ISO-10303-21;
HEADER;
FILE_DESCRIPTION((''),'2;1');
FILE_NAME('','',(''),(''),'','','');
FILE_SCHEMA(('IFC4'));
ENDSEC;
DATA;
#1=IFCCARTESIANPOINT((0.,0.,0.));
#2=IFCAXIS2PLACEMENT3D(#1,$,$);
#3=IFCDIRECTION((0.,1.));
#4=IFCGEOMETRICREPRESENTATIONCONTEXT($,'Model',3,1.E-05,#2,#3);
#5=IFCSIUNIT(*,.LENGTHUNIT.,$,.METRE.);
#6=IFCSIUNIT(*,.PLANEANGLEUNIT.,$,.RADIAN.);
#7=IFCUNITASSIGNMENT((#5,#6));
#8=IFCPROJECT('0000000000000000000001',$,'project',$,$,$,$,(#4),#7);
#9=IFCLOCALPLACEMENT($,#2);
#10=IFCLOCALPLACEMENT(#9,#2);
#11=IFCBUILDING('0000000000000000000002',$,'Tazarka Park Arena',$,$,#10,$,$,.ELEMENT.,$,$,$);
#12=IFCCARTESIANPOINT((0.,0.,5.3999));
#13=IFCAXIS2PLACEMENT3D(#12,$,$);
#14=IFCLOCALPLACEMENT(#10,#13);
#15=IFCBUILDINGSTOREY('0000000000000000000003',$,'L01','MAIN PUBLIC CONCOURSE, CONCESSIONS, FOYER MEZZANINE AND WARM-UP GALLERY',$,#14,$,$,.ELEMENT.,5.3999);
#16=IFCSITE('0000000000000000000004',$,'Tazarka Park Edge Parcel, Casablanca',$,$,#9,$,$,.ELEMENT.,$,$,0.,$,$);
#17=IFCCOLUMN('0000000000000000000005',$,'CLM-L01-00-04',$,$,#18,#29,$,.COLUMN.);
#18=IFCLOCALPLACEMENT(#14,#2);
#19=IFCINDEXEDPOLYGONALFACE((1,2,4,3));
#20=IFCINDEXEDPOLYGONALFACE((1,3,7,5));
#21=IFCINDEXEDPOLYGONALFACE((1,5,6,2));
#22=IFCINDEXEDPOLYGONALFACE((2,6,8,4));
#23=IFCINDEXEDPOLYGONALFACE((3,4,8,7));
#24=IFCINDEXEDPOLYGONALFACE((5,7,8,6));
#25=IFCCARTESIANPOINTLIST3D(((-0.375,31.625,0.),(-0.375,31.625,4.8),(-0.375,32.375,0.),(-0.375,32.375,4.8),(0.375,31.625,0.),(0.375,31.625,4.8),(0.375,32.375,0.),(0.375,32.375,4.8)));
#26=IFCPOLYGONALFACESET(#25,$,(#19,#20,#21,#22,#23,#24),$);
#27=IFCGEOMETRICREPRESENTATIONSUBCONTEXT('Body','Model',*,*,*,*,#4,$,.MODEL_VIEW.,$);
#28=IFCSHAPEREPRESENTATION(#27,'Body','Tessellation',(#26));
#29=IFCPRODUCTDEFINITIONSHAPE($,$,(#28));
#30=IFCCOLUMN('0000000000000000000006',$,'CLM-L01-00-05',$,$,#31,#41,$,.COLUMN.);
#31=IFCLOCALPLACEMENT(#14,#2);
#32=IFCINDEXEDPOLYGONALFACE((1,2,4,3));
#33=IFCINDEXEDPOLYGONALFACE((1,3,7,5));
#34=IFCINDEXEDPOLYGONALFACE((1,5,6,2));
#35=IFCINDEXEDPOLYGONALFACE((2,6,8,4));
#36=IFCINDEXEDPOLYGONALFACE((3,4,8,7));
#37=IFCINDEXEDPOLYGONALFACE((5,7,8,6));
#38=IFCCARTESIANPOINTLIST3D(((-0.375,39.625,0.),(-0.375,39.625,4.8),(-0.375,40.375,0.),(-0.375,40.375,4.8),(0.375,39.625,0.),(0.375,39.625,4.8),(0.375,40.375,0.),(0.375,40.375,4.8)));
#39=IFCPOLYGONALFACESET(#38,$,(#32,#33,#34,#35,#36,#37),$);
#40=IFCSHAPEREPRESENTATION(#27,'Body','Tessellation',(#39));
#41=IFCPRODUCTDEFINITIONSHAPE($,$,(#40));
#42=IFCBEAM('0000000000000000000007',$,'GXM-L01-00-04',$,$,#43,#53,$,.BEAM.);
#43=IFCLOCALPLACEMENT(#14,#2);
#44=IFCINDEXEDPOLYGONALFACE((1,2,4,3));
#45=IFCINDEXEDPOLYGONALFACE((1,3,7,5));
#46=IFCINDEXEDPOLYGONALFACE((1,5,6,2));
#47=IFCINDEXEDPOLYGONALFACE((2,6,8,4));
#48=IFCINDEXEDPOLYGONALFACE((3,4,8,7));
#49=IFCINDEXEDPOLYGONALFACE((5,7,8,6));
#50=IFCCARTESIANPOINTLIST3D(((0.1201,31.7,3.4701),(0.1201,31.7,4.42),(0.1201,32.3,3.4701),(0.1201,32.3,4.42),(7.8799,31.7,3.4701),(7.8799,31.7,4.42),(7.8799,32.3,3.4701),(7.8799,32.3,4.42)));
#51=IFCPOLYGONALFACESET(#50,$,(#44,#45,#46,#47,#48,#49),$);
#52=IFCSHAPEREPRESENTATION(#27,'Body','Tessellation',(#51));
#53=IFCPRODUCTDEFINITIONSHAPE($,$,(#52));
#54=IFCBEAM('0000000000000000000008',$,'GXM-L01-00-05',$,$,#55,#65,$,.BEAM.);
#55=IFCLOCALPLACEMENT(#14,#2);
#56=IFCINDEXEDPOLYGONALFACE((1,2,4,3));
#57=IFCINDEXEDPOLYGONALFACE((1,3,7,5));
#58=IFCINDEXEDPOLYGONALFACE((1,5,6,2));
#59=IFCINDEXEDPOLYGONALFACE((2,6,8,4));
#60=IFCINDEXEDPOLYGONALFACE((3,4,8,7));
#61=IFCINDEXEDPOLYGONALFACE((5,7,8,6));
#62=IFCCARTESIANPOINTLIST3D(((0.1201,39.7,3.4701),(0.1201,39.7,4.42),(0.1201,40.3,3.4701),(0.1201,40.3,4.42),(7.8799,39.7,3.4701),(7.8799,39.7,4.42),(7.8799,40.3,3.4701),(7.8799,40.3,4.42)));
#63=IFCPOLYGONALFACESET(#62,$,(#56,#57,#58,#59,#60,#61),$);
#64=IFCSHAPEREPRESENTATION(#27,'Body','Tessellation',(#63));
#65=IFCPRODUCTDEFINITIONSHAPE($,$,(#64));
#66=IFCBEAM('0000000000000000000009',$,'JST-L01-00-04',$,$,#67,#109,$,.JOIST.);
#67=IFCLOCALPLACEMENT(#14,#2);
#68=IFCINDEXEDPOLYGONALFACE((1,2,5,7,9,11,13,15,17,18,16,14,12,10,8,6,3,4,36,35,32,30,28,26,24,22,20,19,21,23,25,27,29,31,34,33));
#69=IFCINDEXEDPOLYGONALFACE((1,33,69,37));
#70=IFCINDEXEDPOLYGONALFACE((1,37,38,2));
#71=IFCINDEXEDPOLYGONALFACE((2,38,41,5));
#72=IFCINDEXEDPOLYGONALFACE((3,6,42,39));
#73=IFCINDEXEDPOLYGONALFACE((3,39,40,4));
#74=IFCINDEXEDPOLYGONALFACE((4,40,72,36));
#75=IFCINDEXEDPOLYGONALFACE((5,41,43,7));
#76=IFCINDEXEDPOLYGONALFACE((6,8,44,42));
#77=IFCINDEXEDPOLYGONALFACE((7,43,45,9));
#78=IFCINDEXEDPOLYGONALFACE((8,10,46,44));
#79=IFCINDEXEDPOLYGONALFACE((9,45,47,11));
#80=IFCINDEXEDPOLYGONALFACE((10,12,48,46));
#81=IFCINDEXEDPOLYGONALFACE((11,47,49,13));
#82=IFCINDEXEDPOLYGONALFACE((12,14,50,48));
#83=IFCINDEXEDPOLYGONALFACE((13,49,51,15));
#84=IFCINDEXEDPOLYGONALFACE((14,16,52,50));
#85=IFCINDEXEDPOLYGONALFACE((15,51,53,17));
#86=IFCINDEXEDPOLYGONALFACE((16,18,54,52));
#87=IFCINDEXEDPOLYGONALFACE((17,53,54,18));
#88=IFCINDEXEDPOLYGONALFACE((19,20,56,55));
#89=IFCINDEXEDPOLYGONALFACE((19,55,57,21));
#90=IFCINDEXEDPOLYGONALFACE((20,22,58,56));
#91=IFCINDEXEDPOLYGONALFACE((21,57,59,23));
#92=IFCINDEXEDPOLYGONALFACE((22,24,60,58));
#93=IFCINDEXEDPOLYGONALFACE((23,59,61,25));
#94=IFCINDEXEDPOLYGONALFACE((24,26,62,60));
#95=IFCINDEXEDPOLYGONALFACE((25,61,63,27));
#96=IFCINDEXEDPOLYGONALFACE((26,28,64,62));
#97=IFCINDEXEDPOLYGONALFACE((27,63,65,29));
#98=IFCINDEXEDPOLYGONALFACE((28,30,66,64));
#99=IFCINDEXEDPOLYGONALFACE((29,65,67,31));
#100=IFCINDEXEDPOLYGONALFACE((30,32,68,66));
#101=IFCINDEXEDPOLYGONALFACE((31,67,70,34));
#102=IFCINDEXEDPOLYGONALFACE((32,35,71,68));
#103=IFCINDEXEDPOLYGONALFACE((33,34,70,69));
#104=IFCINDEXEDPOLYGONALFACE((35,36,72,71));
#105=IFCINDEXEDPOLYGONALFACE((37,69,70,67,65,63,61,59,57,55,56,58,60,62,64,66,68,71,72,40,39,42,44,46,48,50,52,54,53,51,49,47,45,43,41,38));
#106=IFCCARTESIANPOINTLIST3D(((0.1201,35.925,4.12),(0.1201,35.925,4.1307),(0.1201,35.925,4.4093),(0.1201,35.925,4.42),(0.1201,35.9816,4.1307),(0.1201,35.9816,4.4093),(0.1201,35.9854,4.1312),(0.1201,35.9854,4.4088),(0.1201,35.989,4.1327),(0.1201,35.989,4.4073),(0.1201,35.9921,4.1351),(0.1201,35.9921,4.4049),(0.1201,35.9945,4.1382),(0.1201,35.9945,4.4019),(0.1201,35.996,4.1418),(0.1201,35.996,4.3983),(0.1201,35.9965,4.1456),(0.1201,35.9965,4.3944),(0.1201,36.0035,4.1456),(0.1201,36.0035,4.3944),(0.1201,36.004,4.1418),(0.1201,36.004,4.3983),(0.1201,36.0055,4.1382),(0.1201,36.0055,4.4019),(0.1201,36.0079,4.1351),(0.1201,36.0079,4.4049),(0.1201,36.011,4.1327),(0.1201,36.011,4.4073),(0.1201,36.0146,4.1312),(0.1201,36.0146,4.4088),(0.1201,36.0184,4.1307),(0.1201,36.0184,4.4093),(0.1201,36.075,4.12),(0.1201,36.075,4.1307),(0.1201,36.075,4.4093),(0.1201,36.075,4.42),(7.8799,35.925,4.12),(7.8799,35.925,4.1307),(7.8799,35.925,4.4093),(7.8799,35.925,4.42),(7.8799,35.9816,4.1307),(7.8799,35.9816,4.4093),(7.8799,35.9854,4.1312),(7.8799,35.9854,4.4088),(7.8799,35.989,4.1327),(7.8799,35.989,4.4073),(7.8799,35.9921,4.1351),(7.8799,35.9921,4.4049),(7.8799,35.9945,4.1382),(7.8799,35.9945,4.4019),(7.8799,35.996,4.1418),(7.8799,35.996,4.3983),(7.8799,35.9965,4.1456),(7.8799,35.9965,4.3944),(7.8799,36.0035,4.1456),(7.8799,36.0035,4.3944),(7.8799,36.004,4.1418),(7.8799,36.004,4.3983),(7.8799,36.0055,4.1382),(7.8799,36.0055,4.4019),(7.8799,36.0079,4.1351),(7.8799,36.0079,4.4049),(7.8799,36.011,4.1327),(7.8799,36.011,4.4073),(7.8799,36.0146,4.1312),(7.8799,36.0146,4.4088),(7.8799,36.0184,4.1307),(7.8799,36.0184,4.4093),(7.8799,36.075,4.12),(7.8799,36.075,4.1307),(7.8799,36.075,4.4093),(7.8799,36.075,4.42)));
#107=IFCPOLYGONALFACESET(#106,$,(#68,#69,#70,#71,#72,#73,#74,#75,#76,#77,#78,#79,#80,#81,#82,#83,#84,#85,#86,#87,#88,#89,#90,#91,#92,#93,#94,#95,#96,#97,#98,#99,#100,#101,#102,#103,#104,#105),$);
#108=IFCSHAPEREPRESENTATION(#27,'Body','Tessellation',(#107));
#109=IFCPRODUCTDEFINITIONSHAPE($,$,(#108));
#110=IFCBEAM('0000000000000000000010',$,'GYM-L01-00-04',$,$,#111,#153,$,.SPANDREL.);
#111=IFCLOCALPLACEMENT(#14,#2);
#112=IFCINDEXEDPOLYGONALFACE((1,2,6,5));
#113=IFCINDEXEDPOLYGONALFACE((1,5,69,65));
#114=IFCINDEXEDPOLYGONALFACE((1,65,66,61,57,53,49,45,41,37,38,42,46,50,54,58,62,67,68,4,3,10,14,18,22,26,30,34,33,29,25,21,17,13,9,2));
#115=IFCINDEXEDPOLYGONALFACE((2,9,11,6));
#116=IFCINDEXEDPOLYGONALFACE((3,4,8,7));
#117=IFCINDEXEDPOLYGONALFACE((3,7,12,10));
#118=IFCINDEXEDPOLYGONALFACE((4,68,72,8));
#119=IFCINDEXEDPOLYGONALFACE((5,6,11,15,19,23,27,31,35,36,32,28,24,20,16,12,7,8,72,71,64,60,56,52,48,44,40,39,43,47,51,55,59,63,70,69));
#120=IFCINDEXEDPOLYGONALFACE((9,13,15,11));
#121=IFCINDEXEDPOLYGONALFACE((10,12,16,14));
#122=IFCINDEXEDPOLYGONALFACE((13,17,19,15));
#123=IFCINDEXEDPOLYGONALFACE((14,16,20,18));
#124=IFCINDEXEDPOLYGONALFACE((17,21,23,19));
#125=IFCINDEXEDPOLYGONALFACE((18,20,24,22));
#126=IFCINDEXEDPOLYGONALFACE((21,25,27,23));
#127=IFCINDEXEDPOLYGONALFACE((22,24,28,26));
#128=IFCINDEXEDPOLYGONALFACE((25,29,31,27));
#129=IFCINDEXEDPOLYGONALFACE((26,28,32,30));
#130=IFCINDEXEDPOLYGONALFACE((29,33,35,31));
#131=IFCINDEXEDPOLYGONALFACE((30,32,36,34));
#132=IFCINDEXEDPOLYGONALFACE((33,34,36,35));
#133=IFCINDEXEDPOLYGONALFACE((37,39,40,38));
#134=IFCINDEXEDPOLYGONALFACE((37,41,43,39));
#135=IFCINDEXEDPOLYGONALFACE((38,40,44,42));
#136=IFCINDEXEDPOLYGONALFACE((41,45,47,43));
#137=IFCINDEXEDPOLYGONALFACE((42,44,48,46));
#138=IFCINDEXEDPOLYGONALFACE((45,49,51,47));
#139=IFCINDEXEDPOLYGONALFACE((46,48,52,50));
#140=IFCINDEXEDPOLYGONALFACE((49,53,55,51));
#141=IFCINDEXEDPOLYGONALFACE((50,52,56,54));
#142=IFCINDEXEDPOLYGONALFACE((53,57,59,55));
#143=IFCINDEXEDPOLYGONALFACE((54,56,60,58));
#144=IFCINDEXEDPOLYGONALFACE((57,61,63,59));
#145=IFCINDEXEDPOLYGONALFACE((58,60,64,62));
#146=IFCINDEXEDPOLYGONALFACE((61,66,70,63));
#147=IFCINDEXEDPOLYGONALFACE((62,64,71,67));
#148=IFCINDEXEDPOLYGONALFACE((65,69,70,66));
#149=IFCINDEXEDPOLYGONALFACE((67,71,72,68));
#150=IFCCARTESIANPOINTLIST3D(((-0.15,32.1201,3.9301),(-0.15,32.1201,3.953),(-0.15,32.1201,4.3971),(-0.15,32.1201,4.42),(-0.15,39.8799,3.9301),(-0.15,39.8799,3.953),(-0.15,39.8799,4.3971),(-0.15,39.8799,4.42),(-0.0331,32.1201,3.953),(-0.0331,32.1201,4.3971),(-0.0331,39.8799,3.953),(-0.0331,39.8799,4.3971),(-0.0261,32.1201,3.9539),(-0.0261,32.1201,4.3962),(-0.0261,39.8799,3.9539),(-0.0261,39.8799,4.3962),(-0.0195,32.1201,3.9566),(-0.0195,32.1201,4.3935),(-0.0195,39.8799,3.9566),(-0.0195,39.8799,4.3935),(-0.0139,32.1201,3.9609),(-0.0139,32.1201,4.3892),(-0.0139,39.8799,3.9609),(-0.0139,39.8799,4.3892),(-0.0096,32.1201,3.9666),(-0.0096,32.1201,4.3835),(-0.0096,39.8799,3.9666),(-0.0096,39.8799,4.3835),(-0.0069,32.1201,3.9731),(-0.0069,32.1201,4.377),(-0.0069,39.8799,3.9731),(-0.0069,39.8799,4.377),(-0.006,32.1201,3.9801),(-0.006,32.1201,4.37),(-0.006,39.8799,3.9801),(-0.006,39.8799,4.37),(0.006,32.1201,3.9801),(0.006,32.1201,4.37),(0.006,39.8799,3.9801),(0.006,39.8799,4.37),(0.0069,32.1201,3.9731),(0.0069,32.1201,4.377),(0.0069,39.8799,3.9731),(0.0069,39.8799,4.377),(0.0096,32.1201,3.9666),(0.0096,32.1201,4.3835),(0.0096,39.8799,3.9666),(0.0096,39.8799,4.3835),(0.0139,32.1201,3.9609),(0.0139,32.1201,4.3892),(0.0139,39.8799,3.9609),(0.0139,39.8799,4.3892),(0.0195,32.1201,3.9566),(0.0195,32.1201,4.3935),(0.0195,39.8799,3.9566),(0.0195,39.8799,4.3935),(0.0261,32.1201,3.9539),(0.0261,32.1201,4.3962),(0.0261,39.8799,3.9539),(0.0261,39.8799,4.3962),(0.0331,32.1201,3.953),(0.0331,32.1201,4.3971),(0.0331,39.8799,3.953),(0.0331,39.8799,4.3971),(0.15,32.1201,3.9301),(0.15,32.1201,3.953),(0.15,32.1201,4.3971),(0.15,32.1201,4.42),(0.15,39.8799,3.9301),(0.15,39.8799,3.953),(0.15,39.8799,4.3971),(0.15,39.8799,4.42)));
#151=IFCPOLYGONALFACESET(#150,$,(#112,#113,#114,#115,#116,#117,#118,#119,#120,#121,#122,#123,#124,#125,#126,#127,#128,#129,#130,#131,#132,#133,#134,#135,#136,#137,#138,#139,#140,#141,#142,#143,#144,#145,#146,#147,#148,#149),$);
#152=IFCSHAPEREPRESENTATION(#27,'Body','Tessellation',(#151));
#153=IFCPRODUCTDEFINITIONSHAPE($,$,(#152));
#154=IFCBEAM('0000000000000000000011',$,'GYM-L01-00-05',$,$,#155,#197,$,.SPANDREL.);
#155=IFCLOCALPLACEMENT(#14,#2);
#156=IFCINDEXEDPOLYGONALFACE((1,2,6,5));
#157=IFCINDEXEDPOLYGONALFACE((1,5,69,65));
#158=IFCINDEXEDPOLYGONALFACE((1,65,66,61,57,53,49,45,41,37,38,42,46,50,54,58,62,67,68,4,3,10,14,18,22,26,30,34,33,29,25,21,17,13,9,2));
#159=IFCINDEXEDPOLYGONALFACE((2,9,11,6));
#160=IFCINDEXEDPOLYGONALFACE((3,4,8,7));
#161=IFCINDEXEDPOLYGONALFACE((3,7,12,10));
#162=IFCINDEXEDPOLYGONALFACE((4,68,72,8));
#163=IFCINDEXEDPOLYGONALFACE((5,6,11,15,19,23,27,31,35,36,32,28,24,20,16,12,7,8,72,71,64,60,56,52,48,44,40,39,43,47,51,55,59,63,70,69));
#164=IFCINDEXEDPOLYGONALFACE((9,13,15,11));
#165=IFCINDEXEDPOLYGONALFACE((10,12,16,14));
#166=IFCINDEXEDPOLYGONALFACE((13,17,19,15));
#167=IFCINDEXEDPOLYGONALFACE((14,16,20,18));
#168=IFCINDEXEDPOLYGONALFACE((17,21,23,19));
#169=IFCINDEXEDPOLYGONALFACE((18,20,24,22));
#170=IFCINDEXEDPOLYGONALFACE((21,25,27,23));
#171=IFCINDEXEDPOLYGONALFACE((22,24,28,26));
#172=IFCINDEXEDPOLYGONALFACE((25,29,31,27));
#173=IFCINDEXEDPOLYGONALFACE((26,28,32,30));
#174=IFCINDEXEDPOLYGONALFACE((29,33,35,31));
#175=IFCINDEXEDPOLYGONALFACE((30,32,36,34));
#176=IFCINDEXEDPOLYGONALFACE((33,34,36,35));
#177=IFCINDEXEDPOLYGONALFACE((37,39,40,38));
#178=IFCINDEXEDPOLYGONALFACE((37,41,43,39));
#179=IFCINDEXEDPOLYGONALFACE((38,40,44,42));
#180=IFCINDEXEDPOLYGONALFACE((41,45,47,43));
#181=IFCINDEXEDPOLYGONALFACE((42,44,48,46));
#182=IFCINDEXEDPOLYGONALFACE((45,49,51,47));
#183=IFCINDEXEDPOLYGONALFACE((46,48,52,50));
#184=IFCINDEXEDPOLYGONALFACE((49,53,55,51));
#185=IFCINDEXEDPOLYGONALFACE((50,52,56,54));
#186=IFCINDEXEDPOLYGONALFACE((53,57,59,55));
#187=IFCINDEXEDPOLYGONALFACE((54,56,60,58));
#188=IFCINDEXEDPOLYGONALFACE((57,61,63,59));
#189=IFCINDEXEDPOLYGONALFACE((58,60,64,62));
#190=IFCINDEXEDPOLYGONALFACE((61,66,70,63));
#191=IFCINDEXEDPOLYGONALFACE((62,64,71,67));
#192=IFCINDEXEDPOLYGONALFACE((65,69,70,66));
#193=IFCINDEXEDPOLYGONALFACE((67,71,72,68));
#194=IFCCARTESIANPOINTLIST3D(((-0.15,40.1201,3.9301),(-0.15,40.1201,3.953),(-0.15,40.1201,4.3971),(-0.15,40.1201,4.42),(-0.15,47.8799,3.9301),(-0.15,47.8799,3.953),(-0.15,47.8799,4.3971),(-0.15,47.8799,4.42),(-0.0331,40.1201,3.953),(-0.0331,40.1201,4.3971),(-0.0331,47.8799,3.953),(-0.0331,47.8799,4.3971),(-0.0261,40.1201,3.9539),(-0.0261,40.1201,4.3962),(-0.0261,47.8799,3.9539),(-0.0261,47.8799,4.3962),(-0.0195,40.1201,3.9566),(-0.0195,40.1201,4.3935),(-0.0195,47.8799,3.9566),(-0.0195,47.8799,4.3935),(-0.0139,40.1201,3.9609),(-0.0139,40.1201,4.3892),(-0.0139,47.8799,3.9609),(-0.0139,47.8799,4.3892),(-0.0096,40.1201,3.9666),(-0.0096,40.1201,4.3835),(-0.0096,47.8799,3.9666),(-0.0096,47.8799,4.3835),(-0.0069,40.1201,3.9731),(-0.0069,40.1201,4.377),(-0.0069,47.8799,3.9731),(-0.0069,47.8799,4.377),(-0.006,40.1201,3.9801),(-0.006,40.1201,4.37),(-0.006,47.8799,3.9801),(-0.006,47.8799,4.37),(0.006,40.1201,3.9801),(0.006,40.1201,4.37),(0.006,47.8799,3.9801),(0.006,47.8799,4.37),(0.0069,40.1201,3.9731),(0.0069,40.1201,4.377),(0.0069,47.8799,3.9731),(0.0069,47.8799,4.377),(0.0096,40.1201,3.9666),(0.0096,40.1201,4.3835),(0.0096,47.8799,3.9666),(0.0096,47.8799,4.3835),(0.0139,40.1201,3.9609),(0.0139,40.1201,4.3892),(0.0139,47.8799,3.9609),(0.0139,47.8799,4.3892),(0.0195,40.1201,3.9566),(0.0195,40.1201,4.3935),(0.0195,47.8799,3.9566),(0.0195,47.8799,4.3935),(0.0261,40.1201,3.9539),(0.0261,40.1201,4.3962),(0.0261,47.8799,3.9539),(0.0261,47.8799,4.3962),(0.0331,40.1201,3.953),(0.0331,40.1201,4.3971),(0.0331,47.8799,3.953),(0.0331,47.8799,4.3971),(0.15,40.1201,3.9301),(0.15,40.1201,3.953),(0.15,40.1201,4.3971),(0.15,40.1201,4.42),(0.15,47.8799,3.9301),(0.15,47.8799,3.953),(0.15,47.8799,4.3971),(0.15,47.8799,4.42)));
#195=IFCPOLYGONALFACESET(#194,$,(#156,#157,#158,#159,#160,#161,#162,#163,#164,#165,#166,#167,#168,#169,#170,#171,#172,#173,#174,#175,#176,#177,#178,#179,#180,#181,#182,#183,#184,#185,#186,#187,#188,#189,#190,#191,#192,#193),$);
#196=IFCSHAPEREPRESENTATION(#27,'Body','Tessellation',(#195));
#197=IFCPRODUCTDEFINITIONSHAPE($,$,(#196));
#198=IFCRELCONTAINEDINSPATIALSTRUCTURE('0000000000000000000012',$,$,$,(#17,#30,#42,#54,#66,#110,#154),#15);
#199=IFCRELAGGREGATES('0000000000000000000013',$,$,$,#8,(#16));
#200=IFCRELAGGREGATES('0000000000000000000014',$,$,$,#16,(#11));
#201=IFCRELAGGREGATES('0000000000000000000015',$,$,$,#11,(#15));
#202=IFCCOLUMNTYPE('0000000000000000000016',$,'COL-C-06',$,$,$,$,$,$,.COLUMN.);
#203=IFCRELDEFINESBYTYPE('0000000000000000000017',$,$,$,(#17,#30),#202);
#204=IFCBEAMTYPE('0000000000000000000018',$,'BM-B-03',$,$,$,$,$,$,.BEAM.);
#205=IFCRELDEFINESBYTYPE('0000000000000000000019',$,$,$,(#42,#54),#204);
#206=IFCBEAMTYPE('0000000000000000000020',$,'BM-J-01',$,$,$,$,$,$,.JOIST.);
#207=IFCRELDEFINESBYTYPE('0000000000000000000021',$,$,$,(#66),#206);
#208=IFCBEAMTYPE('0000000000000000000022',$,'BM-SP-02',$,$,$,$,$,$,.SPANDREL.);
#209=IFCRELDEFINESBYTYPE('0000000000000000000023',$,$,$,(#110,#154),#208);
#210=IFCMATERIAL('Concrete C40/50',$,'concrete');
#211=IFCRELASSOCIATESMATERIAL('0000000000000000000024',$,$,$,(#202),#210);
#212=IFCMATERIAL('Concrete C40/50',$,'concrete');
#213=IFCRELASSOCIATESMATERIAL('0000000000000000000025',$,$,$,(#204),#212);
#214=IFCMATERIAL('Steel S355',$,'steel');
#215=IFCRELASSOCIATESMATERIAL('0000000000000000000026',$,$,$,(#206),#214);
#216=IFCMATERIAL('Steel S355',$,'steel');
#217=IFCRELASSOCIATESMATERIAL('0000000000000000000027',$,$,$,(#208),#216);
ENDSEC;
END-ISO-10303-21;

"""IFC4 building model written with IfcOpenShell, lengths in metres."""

from ifc_helpers import new_model, si_unit, direction, frame, origin, origin_2d, place, context, subcontext, project, spatial, rectangle, i_section, extrude, material, material_profile, profile_set, type_object, element, save


model = new_model("IFC4")

# Units and contexts
model_context = context("Model", 3, precision=1e-05, world=origin(), true_north=direction((0.0, 1.0)))
body_context = subcontext(model_context, "Body", "Model", "MODEL_VIEW")
ifc_project = project(units=[si_unit("LENGTHUNIT", "METRE"), si_unit("PLANEANGLEUNIT", "RADIAN")], contexts=[model_context])

# Site, building, storey
site_placement = place(None, origin())
site = spatial("IfcSite", under=ifc_project, at=site_placement, Name="Tazarka Park Edge Parcel, Casablanca", CompositionType="ELEMENT", RefElevation=0.0)
building_placement = place(site_placement, origin())
building = spatial("IfcBuilding", under=site, at=building_placement, Name="Tazarka Park Arena", CompositionType="ELEMENT")
storey_placement = place(building_placement, frame((0.0, 0.0, 5.3999)))
storey = spatial("IfcBuildingStorey", under=building, at=storey_placement, Name="L01", Description="MAIN PUBLIC CONCOURSE, CONCESSIONS, FOYER MEZZANINE AND WARM-UP GALLERY", CompositionType="ELEMENT", Elevation=5.3999)

# Columns
ifc_material_1 = material(Name="Concrete C40/50", Category="concrete")
ifc_material_profile_1 = material_profile(ifc_material_1, rectangle(XDim=0.75, YDim=0.75, at=origin_2d()), Name="Concrete C40/50")
ifc_profile_set_1 = profile_set([ifc_material_profile_1], Name="Concrete C40/50")
column_type = type_object("IfcColumnType", Name="COL-C-06", PredefinedType="COLUMN", material=ifc_profile_set_1)
for number, where, z_axis, x_axis, name in (
    (1, (0.0, 32.0, 0.0), (0.0, 0.0, 1.0), (1.0, 0.0, 0.0), "CLM-L01-00-04"),
    (2, (0.0, 40.0, 0.0), (0.0, 0.0, 1.0), (1.0, 0.0, 0.0), "CLM-L01-00-05"),
):
    element("IfcColumn", number, at=place(storey_placement, frame(where, z_axis=z_axis, x_axis=x_axis)), inside=storey, type_object=column_type, Name=name, PredefinedType="COLUMN", context=body_context, shape_type="SweptSolid", body=[
        extrude(rectangle(XDim=0.75, YDim=0.75, at=origin_2d()), origin(), (0.0, 0.0, 1.0), 4.8),
    ])

# Beams
ifc_material_2 = material(Name="Concrete C40/50", Category="concrete")
ifc_material_profile_2 = material_profile(ifc_material_2, rectangle(XDim=0.6001, YDim=0.95, at=origin_2d()), Name="Concrete C40/50")
ifc_profile_set_2 = profile_set([ifc_material_profile_2], Name="Concrete C40/50")
beam_type_1 = type_object("IfcBeamType", Name="BM-B-03", PredefinedType="BEAM", material=ifc_profile_set_2)
for number, where, z_axis, x_axis, name in (
    (3, (0.1201, 32.0, 3.9451), (1.0, 0.0, 0.0), (0.0, 1.0, 0.0), "GXM-L01-00-04"),
    (4, (0.1201, 40.0, 3.9451), (1.0, 0.0, 0.0), (0.0, 1.0, 0.0), "GXM-L01-00-05"),
):
    element("IfcBeam", number, at=place(storey_placement, frame(where, z_axis=z_axis, x_axis=x_axis)), inside=storey, type_object=beam_type_1, Name=name, PredefinedType="BEAM", context=body_context, shape_type="SweptSolid", body=[
        extrude(rectangle(XDim=0.6001, YDim=0.95, at=origin_2d()), origin(), (0.0, 0.0, 1.0), 7.7598),
    ])
ifc_material_3 = material(Name="Steel S355", Category="steel")
ifc_material_profile_3 = material_profile(ifc_material_3, i_section(OverallWidth=0.1499, OverallDepth=0.3, WebThickness=0.0071, FlangeThickness=0.0107, FilletRadius=0.0149, at=origin_2d()), Name="Steel S355")
ifc_profile_set_3 = profile_set([ifc_material_profile_3], Name="Steel S355")
beam_type_2 = type_object("IfcBeamType", Name="BM-J-01", PredefinedType="JOIST", material=ifc_profile_set_3)
beam_placement = place(storey_placement, frame((0.1201, 36.0, 4.27), z_axis=(1.0, 0.0, 0.0), x_axis=(0.0, 1.0, 0.0)))
element("IfcBeam", 5, at=beam_placement, inside=storey, type_object=beam_type_2, Name="JST-L01-00-04", PredefinedType="JOIST", context=body_context, shape_type="SweptSolid", body=[
    extrude(i_section(OverallWidth=0.1499, OverallDepth=0.3, WebThickness=0.0071, FlangeThickness=0.0107, FilletRadius=0.0149, at=origin_2d()), origin(), (0.0, 0.0, 1.0), 7.7598),
])
ifc_material_4 = material(Name="Steel S355", Category="steel")
ifc_material_profile_4 = material_profile(ifc_material_4, i_section(OverallWidth=0.3, OverallDepth=0.49, WebThickness=0.012, FlangeThickness=0.0229, FilletRadius=0.0271, at=origin_2d()), Name="Steel S355")
ifc_profile_set_4 = profile_set([ifc_material_profile_4], Name="Steel S355")
beam_type_3 = type_object("IfcBeamType", Name="BM-SP-02", PredefinedType="SPANDREL", material=ifc_profile_set_4)
for number, where, z_axis, x_axis, name in (
    (6, (0.0, 32.1201, 4.175), (0.0, 1.0, 0.0), (-1.0, 0.0, 0.0), "GYM-L01-00-04"),
    (7, (0.0, 40.1201, 4.175), (0.0, 1.0, 0.0), (-1.0, 0.0, 0.0), "GYM-L01-00-05"),
):
    element("IfcBeam", number, at=place(storey_placement, frame(where, z_axis=z_axis, x_axis=x_axis)), inside=storey, type_object=beam_type_3, Name=name, PredefinedType="SPANDREL", context=body_context, shape_type="SweptSolid", body=[
        extrude(i_section(OverallWidth=0.3, OverallDepth=0.49, WebThickness=0.012, FlangeThickness=0.0229, FilletRadius=0.0271, at=origin_2d()), origin(), (0.0, 0.0, 1.0), 7.7598),
    ])

save(model, "model.ifc")
